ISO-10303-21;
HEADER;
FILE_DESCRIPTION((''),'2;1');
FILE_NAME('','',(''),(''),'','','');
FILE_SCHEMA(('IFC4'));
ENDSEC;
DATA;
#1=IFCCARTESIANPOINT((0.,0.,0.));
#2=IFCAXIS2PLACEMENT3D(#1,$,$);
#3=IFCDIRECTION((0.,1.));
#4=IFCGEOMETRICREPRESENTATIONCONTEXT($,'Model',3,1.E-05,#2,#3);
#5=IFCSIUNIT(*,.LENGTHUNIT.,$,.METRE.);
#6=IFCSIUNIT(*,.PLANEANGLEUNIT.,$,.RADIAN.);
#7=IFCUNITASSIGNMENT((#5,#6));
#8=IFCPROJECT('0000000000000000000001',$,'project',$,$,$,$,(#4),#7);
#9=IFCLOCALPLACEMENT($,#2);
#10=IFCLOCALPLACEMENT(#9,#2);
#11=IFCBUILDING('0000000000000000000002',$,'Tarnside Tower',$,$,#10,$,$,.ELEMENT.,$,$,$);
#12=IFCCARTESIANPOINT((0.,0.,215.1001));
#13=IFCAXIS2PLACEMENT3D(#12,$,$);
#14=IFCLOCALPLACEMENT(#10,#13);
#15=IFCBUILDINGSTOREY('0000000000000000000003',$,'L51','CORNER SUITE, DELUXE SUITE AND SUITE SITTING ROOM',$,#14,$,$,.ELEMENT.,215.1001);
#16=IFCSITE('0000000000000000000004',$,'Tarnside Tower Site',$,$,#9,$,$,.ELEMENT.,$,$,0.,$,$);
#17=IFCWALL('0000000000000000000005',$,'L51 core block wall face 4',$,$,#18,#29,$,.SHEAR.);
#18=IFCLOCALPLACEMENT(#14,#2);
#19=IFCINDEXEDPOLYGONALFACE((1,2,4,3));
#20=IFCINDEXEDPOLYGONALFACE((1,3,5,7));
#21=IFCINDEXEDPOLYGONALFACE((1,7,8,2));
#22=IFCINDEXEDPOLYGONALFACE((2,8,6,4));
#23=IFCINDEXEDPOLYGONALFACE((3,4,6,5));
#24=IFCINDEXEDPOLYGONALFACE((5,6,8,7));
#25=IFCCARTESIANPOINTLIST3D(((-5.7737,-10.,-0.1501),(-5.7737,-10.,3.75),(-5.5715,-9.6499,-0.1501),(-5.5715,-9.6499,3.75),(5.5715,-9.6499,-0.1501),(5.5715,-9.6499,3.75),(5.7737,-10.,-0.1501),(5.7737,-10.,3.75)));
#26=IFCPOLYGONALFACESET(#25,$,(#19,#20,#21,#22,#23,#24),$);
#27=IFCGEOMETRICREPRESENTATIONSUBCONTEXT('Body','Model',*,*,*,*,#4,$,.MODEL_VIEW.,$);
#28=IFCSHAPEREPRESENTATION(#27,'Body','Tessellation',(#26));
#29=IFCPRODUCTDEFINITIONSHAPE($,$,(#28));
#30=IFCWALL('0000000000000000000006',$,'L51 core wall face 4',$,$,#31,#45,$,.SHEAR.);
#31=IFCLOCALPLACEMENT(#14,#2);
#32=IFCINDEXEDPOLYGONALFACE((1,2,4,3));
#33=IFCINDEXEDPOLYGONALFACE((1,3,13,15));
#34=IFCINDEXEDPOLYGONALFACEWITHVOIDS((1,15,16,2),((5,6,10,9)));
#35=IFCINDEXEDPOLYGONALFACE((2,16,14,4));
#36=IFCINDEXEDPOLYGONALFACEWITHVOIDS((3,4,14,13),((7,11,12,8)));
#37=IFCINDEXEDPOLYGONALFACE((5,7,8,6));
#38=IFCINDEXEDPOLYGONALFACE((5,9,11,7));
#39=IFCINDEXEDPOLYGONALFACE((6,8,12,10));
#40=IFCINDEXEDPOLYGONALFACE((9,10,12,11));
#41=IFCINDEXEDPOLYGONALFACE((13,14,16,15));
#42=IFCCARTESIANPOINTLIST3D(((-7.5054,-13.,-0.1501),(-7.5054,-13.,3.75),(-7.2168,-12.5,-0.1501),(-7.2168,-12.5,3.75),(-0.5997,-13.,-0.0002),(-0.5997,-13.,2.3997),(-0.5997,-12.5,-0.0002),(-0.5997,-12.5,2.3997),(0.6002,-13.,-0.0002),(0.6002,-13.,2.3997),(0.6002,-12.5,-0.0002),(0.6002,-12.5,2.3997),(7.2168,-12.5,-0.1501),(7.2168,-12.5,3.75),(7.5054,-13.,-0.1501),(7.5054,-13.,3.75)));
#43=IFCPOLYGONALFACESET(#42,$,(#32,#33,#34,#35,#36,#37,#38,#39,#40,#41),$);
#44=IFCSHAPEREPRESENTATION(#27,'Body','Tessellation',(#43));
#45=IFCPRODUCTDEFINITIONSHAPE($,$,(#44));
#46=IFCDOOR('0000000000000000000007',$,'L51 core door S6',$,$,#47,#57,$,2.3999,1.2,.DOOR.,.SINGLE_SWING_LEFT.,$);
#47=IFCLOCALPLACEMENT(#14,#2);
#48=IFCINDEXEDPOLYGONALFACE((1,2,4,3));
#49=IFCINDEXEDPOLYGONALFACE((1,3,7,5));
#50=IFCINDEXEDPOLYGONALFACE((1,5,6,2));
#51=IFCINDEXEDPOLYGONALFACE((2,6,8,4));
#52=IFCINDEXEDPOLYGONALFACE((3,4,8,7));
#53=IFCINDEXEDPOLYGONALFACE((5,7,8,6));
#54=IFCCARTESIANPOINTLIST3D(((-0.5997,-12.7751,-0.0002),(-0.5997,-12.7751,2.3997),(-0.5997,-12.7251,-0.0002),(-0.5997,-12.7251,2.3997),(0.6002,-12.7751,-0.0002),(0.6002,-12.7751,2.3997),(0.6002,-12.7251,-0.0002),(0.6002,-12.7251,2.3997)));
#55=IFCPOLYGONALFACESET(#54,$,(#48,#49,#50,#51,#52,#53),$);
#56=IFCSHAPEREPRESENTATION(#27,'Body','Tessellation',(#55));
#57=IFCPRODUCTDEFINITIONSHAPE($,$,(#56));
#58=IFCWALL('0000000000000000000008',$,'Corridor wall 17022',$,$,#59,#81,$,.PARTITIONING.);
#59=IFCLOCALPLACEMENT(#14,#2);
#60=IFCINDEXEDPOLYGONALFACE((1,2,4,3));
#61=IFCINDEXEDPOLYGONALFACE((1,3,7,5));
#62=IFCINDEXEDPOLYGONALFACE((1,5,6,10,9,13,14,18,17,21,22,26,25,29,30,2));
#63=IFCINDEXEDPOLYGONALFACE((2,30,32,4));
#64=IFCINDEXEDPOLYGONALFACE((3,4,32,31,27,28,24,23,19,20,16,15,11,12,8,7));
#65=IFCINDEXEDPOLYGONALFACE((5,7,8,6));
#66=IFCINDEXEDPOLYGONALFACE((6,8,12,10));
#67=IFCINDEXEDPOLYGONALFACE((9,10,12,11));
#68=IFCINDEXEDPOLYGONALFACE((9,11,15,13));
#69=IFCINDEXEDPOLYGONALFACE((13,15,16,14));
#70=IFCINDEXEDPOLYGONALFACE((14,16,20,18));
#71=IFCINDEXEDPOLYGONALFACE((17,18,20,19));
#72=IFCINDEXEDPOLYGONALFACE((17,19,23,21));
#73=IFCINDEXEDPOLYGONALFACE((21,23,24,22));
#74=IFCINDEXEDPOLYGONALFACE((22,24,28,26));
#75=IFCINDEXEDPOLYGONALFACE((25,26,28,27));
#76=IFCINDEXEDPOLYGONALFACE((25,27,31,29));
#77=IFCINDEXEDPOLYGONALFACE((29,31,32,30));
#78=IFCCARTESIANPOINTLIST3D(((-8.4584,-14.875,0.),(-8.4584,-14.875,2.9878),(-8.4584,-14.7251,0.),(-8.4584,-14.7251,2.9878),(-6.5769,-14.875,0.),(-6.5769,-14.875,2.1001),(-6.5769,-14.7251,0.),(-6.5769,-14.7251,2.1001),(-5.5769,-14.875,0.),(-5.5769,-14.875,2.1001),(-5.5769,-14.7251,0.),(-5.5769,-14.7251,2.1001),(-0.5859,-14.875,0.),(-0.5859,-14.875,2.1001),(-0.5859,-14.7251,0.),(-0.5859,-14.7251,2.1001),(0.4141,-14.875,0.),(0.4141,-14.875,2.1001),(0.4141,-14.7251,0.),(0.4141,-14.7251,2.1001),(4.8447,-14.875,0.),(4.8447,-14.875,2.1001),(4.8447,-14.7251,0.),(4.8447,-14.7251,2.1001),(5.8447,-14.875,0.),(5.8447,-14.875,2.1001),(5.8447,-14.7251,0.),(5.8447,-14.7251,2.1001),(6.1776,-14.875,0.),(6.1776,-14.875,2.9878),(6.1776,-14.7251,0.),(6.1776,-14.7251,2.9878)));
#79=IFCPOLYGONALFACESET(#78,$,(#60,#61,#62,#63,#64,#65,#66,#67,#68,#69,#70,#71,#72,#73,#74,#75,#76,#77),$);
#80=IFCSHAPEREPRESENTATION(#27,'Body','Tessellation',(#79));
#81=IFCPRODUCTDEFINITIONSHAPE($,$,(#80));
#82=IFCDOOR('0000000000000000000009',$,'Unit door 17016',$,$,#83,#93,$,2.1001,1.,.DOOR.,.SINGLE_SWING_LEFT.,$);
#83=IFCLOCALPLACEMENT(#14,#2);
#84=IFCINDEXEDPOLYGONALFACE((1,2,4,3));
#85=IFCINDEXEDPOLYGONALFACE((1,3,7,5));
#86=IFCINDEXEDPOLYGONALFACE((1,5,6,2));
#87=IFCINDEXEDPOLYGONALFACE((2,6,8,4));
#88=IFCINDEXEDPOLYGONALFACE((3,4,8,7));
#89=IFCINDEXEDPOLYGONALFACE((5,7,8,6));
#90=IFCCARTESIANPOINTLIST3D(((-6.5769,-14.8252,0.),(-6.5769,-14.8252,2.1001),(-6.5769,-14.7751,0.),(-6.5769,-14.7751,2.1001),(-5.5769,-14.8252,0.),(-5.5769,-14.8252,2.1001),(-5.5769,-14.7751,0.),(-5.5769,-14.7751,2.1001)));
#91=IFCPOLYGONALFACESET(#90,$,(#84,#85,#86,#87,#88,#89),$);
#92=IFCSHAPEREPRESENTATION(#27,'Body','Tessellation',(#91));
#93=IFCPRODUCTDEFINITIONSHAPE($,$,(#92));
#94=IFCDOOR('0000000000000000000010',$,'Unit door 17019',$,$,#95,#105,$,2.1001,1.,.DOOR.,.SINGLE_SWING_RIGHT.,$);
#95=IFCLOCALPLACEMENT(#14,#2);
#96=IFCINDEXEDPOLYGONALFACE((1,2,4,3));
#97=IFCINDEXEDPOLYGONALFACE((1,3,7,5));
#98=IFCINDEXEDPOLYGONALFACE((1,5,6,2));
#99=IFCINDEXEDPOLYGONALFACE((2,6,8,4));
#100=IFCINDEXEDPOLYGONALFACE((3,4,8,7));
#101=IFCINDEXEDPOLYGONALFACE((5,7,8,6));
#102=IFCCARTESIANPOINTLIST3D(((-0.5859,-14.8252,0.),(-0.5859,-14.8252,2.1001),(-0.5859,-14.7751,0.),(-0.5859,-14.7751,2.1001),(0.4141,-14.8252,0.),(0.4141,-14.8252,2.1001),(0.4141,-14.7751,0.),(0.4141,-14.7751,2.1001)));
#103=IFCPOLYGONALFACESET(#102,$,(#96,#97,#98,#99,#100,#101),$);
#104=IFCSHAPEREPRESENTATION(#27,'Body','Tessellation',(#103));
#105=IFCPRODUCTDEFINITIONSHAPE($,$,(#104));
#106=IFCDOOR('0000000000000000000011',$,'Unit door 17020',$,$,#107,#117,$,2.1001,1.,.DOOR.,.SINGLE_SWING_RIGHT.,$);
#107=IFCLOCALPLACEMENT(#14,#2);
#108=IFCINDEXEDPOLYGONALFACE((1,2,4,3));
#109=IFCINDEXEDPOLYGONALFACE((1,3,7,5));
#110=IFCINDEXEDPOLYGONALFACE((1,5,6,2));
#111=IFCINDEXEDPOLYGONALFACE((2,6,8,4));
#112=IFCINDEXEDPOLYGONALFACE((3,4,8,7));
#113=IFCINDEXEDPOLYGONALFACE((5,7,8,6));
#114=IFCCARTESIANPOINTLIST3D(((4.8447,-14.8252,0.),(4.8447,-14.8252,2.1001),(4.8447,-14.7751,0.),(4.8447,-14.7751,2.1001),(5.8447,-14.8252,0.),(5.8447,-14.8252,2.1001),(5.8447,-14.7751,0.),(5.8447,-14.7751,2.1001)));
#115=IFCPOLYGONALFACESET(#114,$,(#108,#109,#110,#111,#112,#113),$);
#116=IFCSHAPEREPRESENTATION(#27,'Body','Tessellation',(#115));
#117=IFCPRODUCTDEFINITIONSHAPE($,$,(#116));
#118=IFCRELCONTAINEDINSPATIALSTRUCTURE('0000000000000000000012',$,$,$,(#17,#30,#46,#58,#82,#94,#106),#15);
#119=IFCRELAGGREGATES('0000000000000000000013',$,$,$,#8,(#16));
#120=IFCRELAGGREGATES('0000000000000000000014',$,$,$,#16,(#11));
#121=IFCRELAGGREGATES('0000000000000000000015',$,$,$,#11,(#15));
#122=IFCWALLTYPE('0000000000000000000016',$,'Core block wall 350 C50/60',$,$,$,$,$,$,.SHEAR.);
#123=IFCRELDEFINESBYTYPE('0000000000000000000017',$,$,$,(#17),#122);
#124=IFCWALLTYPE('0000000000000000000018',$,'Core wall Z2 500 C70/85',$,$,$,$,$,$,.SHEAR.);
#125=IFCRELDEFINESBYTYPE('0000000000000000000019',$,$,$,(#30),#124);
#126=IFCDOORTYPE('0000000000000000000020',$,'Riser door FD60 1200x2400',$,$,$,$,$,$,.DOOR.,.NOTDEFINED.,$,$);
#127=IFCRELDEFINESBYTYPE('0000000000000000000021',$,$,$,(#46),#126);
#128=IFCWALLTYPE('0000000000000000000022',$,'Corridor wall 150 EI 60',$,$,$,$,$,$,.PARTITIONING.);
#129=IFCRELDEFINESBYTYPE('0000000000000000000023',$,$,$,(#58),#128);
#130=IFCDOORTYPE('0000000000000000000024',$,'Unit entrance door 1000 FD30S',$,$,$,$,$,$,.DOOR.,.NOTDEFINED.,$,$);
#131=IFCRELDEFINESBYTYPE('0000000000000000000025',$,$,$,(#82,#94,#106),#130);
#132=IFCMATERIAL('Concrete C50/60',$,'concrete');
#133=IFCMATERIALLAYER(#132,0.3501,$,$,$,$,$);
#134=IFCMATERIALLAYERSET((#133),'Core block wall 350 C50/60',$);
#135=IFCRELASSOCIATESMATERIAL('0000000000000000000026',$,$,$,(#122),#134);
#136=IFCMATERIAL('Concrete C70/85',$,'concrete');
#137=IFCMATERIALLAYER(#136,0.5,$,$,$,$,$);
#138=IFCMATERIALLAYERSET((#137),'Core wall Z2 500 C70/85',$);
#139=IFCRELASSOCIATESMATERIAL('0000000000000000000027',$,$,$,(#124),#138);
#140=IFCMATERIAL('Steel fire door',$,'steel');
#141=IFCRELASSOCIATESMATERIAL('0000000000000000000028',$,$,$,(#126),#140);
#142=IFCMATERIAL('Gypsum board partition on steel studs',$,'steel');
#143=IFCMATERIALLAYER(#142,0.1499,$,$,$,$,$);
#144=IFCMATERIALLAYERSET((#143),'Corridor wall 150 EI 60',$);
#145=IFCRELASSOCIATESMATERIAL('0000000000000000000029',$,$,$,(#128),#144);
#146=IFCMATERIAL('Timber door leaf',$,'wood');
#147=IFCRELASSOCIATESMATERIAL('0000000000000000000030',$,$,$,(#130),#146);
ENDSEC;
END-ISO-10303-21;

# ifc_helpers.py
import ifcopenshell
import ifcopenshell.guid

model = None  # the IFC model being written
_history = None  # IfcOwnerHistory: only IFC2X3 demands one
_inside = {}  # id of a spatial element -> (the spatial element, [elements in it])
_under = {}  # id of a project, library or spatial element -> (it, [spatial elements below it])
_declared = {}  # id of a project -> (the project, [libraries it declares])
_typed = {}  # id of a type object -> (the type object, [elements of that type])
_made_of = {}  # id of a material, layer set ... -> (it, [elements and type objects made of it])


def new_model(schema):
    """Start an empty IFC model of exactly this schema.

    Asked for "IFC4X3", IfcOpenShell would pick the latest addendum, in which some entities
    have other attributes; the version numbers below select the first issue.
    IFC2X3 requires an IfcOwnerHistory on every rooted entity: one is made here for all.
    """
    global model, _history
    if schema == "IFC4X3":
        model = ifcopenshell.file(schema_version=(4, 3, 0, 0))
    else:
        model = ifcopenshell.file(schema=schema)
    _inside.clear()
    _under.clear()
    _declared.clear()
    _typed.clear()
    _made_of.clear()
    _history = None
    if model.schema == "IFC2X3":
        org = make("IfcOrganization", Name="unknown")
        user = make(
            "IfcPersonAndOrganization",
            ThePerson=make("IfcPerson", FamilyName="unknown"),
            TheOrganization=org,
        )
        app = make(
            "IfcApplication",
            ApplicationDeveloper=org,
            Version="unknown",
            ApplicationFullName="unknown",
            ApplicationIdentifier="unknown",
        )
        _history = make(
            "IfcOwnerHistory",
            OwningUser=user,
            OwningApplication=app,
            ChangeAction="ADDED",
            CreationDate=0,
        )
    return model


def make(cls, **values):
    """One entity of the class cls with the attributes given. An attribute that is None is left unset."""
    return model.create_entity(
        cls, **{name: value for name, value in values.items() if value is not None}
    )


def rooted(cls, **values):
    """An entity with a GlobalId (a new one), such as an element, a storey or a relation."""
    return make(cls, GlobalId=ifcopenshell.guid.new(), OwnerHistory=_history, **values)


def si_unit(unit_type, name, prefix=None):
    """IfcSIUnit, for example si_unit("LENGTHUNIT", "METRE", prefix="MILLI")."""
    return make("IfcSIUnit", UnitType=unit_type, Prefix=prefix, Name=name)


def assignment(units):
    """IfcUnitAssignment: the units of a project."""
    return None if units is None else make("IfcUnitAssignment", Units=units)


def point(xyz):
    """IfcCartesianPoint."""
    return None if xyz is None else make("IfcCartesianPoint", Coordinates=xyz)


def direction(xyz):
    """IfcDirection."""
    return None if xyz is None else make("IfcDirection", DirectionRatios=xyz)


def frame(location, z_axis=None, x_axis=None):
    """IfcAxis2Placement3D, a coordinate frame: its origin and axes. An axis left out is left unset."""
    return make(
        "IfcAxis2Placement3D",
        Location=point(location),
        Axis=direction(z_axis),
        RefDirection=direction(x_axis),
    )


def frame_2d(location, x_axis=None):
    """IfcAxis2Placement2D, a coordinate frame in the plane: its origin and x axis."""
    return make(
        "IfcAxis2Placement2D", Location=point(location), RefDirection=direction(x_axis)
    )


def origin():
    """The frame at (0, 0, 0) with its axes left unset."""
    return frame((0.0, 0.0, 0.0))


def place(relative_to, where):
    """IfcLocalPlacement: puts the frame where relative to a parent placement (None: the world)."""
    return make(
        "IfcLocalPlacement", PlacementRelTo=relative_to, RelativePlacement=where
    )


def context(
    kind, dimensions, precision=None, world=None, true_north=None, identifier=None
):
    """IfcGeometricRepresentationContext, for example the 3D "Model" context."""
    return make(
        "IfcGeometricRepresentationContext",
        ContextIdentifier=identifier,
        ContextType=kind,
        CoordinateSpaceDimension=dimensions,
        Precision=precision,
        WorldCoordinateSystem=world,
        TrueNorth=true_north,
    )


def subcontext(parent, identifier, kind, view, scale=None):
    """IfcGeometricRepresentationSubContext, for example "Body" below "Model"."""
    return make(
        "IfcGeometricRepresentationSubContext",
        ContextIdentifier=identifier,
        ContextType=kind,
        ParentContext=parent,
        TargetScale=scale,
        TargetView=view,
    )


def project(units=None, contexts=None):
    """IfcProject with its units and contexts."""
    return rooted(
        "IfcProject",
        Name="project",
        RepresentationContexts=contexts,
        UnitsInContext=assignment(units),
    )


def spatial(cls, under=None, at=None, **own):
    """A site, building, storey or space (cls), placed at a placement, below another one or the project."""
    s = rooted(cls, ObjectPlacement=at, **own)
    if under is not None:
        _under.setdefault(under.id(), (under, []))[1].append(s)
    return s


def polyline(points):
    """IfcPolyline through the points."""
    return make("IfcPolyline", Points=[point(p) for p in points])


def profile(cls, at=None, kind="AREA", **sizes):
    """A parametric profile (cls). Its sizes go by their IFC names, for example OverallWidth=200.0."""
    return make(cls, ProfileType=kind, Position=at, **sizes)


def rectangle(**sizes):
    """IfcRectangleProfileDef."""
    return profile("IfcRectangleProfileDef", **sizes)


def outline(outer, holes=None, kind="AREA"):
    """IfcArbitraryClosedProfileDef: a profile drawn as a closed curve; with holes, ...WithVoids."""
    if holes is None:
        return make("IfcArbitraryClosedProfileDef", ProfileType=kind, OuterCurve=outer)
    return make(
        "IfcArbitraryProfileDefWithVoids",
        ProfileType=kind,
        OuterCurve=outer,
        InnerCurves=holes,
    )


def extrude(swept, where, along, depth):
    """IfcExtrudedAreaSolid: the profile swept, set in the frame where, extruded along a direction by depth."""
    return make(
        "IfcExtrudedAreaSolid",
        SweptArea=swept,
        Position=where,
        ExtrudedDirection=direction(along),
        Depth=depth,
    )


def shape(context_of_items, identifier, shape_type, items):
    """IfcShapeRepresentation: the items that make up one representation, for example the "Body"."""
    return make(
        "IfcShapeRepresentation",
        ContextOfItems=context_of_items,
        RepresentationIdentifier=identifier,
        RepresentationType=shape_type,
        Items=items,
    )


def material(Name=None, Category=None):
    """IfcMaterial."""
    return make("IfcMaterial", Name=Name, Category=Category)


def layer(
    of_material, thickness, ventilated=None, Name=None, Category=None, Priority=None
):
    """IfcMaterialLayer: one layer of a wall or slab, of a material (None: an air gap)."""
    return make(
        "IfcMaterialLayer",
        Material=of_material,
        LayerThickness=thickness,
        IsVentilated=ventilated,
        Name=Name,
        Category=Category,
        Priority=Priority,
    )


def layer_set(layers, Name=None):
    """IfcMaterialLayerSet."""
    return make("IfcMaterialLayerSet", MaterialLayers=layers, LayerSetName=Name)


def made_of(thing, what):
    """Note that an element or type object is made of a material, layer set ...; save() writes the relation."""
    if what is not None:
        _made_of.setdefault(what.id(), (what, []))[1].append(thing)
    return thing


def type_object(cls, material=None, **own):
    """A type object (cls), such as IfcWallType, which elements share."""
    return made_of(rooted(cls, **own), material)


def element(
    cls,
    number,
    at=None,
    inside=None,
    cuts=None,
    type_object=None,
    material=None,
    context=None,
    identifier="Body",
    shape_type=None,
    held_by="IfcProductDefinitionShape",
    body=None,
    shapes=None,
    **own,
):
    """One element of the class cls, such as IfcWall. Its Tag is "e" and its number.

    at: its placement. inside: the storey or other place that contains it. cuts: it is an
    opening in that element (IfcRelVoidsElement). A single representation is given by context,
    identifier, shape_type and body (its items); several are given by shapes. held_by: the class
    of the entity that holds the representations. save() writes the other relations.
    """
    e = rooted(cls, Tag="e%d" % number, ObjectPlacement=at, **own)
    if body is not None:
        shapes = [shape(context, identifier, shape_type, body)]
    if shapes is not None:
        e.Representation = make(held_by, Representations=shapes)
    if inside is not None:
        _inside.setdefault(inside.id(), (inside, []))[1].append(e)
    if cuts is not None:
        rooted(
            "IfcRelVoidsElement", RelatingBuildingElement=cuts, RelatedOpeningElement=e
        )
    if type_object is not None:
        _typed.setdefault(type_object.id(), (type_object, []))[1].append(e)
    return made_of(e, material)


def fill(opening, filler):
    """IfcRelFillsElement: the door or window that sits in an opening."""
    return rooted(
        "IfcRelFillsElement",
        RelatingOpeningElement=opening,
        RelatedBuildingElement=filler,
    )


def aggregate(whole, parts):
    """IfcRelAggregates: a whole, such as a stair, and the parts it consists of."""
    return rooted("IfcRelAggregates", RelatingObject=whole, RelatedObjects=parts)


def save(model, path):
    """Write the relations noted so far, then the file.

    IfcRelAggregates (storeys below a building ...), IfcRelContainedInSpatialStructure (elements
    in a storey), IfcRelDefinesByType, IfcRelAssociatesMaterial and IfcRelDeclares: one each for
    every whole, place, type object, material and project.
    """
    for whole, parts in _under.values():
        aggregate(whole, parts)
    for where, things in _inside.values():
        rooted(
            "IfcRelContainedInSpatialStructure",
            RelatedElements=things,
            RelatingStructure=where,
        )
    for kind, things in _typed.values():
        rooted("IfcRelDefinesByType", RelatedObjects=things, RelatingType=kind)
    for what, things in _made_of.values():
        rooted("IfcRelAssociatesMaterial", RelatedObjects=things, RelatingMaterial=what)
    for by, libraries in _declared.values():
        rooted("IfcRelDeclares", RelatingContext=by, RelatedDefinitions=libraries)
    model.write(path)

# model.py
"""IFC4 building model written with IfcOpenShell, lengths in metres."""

from ifc_helpers import new_model, si_unit, direction, frame, frame_2d, origin, place, context, subcontext, project, spatial, polyline, rectangle, outline, extrude, material, layer, layer_set, type_object, element, fill, save


model = new_model("IFC4")

# Units and contexts
model_context = context("Model", 3, precision=1e-05, world=origin(), true_north=direction((0.0, 1.0)))
body_context = subcontext(model_context, "Body", "Model", "MODEL_VIEW")
ifc_project = project(units=[si_unit("LENGTHUNIT", "METRE"), si_unit("PLANEANGLEUNIT", "RADIAN")], contexts=[model_context])

# Site, building, storey
site_placement = place(None, origin())
site = spatial("IfcSite", under=ifc_project, at=site_placement, Name="Tarnside Tower Site", CompositionType="ELEMENT", RefElevation=0.0)
building_placement = place(site_placement, origin())
building = spatial("IfcBuilding", under=site, at=building_placement, Name="Tarnside Tower", CompositionType="ELEMENT")
storey_placement = place(building_placement, frame((0.0, 0.0, 215.1001)))
storey = spatial("IfcBuildingStorey", under=building, at=storey_placement, Name="L51", Description="CORNER SUITE, DELUXE SUITE AND SUITE SITTING ROOM", CompositionType="ELEMENT", Elevation=215.1001)

# Wall
ifc_material_1 = material(Name="Concrete C50/60", Category="concrete")
ifc_layer_1 = layer(ifc_material_1, 0.3501)
ifc_layer_set_1 = layer_set([ifc_layer_1], Name="Core block wall 350 C50/60")
wall_type_1 = type_object("IfcWallType", Name="Core block wall 350 C50/60", PredefinedType="SHEAR", material=ifc_layer_set_1)
wall_1_placement = place(storey_placement, frame((-5.6726, -9.825, -0.1501), z_axis=(0.0, 0.0, 1.0), x_axis=(1.0, 0.0, 0.0)))
element("IfcWall", 1, at=wall_1_placement, inside=storey, type_object=wall_type_1, Name="L51 core block wall face 4", PredefinedType="SHEAR", context=body_context, shape_type="SweptSolid", body=[
    extrude(outline(polyline([(-0.1011, -0.175), (11.4463, -0.175), (11.2441, 0.175), (0.1011, 0.175), (-0.1011, -0.175)])), origin(), (0.0, 0.0, 1.0), 3.9001),
])

# Wall, opening, door
ifc_material_2 = material(Name="Concrete C70/85", Category="concrete")
ifc_layer_2 = layer(ifc_material_2, 0.5)
ifc_layer_set_2 = layer_set([ifc_layer_2], Name="Core wall Z2 500 C70/85")
wall_type_2 = type_object("IfcWallType", Name="Core wall Z2 500 C70/85", PredefinedType="SHEAR", material=ifc_layer_set_2)
wall_2_placement = place(storey_placement, frame((-7.3611, -12.75, -0.1501), z_axis=(0.0, 0.0, 1.0), x_axis=(1.0, 0.0, 0.0)))
wall_2 = element("IfcWall", 2, at=wall_2_placement, inside=storey, type_object=wall_type_2, Name="L51 core wall face 4", PredefinedType="SHEAR", context=body_context, shape_type="SweptSolid", body=[
    extrude(outline(polyline([(-0.1443, -0.25), (14.8665, -0.25), (14.5779, 0.25), (0.1443, 0.25), (-0.1443, -0.25)])), origin(), (0.0, 0.0, 1.0), 3.9001),
])
opening_1_placement = place(wall_2_placement, frame((6.7612, 0.0, 0.1499)))
opening_1 = element("IfcOpeningElement", 3, at=opening_1_placement, cuts=wall_2, PredefinedType="OPENING", context=body_context, shape_type="SweptSolid", body=[
    extrude(rectangle(XDim=1.2, YDim=2.3999, at=frame_2d((0.6001, 1.2))), frame((0.0, 0.26, 0.0), z_axis=(0.0, -1.0, 0.0), x_axis=(1.0, 0.0, 0.0)), (0.0, 0.0, 1.0), 0.52),
])
ifc_material_3 = material(Name="Steel fire door", Category="steel")
door_type_1 = type_object("IfcDoorType", Name="Riser door FD60 1200x2400", OperationType="NOTDEFINED", PredefinedType="DOOR", material=ifc_material_3)
door_1_placement = place(opening_1_placement, origin())
door_1 = element("IfcDoor", 4, at=door_1_placement, inside=storey, type_object=door_type_1, Name="L51 core door S6", OperationType="SINGLE_SWING_LEFT", OverallHeight=2.3999, OverallWidth=1.2, PredefinedType="DOOR", context=body_context, shape_type="SweptSolid", body=[
    extrude(rectangle(XDim=1.2, YDim=2.3999, at=frame_2d((0.6001, 1.2))), frame((0.0, 0.0249, 0.0), z_axis=(0.0, -1.0, 0.0), x_axis=(1.0, 0.0, 0.0)), (0.0, 0.0, 1.0), 0.05),
])
fill(opening_1, door_1)

# Wall, openings, doors
ifc_material_4 = material(Name="Gypsum board partition on steel studs", Category="steel")
ifc_layer_3 = layer(ifc_material_4, 0.1499)
ifc_layer_set_3 = layer_set([ifc_layer_3], Name="Corridor wall 150 EI 60")
wall_type_3 = type_object("IfcWallType", Name="Corridor wall 150 EI 60", PredefinedType="PARTITIONING", material=ifc_layer_set_3)
wall_3_placement = place(storey_placement, frame((-8.4583, -14.8, 0.0), z_axis=(0.0, 0.0, 1.0), x_axis=(1.0, 0.0, 0.0)))
wall_3 = element("IfcWall", 5, at=wall_3_placement, inside=storey, type_object=wall_type_3, Name="Corridor wall 17022", PredefinedType="PARTITIONING", context=body_context, shape_type="SweptSolid", body=[
    extrude(rectangle(XDim=14.636, YDim=0.1499, at=frame_2d((7.3179, 0.0))), origin(), (0.0, 0.0, 1.0), 2.9878),
])
opening_2_placement = place(wall_3_placement, frame((1.8813, 0.0, 0.0)))
opening_2 = element("IfcOpeningElement", 6, at=opening_2_placement, cuts=wall_3, PredefinedType="OPENING", context=body_context, shape_type="SweptSolid", body=[
    extrude(rectangle(XDim=1.0, YDim=2.1001, at=frame_2d((0.5, 1.05))), frame((0.0, 0.085, 0.0), z_axis=(0.0, -1.0, 0.0), x_axis=(1.0, 0.0, 0.0)), (0.0, 0.0, 1.0), 0.1699),
])
opening_3_placement = place(wall_3_placement, frame((7.8723, 0.0, 0.0)))
opening_3 = element("IfcOpeningElement", 7, at=opening_3_placement, cuts=wall_3, PredefinedType="OPENING", context=body_context, shape_type="SweptSolid", body=[
    extrude(rectangle(XDim=1.0, YDim=2.1001, at=frame_2d((0.5, 1.05))), frame((0.0, 0.085, 0.0), z_axis=(0.0, -1.0, 0.0), x_axis=(1.0, 0.0, 0.0)), (0.0, 0.0, 1.0), 0.1699),
])
opening_4_placement = place(wall_3_placement, frame((13.303, 0.0, 0.0)))
opening_4 = element("IfcOpeningElement", 8, at=opening_4_placement, cuts=wall_3, PredefinedType="OPENING", context=body_context, shape_type="SweptSolid", body=[
    extrude(rectangle(XDim=1.0, YDim=2.1001, at=frame_2d((0.5, 1.05))), frame((0.0, 0.085, 0.0), z_axis=(0.0, -1.0, 0.0), x_axis=(1.0, 0.0, 0.0)), (0.0, 0.0, 1.0), 0.1699),
])
ifc_material_5 = material(Name="Timber door leaf", Category="wood")
door_type_2 = type_object("IfcDoorType", Name="Unit entrance door 1000 FD30S", OperationType="NOTDEFINED", PredefinedType="DOOR", material=ifc_material_5)
door_2_placement = place(opening_2_placement, origin())
door_2 = element("IfcDoor", 9, at=door_2_placement, inside=storey, type_object=door_type_2, Name="Unit door 17016", OperationType="SINGLE_SWING_LEFT", OverallHeight=2.1001, OverallWidth=1.0, PredefinedType="DOOR", context=body_context, shape_type="SweptSolid", body=[
    extrude(rectangle(XDim=1.0, YDim=2.1001, at=frame_2d((0.5, 1.05))), frame((0.0, 0.0249, 0.0), z_axis=(0.0, -1.0, 0.0), x_axis=(1.0, 0.0, 0.0)), (0.0, 0.0, 1.0), 0.05),
])
fill(opening_2, door_2)
door_3_placement = place(opening_3_placement, origin())
door_3 = element("IfcDoor", 10, at=door_3_placement, inside=storey, type_object=door_type_2, Name="Unit door 17019", OperationType="SINGLE_SWING_RIGHT", OverallHeight=2.1001, OverallWidth=1.0, PredefinedType="DOOR", context=body_context, shape_type="SweptSolid", body=[
    extrude(rectangle(XDim=1.0, YDim=2.1001, at=frame_2d((0.5, 1.05))), frame((0.0, 0.0249, 0.0), z_axis=(0.0, -1.0, 0.0), x_axis=(1.0, 0.0, 0.0)), (0.0, 0.0, 1.0), 0.05),
])
fill(opening_3, door_3)
door_4_placement = place(opening_4_placement, origin())
door_4 = element("IfcDoor", 11, at=door_4_placement, inside=storey, type_object=door_type_2, Name="Unit door 17020", OperationType="SINGLE_SWING_RIGHT", OverallHeight=2.1001, OverallWidth=1.0, PredefinedType="DOOR", context=body_context, shape_type="SweptSolid", body=[
    extrude(rectangle(XDim=1.0, YDim=2.1001, at=frame_2d((0.5, 1.05))), frame((0.0, 0.0249, 0.0), z_axis=(0.0, -1.0, 0.0), x_axis=(1.0, 0.0, 0.0)), (0.0, 0.0, 1.0), 0.05),
])
fill(opening_4, door_4)

save(model, "model.ifc")
